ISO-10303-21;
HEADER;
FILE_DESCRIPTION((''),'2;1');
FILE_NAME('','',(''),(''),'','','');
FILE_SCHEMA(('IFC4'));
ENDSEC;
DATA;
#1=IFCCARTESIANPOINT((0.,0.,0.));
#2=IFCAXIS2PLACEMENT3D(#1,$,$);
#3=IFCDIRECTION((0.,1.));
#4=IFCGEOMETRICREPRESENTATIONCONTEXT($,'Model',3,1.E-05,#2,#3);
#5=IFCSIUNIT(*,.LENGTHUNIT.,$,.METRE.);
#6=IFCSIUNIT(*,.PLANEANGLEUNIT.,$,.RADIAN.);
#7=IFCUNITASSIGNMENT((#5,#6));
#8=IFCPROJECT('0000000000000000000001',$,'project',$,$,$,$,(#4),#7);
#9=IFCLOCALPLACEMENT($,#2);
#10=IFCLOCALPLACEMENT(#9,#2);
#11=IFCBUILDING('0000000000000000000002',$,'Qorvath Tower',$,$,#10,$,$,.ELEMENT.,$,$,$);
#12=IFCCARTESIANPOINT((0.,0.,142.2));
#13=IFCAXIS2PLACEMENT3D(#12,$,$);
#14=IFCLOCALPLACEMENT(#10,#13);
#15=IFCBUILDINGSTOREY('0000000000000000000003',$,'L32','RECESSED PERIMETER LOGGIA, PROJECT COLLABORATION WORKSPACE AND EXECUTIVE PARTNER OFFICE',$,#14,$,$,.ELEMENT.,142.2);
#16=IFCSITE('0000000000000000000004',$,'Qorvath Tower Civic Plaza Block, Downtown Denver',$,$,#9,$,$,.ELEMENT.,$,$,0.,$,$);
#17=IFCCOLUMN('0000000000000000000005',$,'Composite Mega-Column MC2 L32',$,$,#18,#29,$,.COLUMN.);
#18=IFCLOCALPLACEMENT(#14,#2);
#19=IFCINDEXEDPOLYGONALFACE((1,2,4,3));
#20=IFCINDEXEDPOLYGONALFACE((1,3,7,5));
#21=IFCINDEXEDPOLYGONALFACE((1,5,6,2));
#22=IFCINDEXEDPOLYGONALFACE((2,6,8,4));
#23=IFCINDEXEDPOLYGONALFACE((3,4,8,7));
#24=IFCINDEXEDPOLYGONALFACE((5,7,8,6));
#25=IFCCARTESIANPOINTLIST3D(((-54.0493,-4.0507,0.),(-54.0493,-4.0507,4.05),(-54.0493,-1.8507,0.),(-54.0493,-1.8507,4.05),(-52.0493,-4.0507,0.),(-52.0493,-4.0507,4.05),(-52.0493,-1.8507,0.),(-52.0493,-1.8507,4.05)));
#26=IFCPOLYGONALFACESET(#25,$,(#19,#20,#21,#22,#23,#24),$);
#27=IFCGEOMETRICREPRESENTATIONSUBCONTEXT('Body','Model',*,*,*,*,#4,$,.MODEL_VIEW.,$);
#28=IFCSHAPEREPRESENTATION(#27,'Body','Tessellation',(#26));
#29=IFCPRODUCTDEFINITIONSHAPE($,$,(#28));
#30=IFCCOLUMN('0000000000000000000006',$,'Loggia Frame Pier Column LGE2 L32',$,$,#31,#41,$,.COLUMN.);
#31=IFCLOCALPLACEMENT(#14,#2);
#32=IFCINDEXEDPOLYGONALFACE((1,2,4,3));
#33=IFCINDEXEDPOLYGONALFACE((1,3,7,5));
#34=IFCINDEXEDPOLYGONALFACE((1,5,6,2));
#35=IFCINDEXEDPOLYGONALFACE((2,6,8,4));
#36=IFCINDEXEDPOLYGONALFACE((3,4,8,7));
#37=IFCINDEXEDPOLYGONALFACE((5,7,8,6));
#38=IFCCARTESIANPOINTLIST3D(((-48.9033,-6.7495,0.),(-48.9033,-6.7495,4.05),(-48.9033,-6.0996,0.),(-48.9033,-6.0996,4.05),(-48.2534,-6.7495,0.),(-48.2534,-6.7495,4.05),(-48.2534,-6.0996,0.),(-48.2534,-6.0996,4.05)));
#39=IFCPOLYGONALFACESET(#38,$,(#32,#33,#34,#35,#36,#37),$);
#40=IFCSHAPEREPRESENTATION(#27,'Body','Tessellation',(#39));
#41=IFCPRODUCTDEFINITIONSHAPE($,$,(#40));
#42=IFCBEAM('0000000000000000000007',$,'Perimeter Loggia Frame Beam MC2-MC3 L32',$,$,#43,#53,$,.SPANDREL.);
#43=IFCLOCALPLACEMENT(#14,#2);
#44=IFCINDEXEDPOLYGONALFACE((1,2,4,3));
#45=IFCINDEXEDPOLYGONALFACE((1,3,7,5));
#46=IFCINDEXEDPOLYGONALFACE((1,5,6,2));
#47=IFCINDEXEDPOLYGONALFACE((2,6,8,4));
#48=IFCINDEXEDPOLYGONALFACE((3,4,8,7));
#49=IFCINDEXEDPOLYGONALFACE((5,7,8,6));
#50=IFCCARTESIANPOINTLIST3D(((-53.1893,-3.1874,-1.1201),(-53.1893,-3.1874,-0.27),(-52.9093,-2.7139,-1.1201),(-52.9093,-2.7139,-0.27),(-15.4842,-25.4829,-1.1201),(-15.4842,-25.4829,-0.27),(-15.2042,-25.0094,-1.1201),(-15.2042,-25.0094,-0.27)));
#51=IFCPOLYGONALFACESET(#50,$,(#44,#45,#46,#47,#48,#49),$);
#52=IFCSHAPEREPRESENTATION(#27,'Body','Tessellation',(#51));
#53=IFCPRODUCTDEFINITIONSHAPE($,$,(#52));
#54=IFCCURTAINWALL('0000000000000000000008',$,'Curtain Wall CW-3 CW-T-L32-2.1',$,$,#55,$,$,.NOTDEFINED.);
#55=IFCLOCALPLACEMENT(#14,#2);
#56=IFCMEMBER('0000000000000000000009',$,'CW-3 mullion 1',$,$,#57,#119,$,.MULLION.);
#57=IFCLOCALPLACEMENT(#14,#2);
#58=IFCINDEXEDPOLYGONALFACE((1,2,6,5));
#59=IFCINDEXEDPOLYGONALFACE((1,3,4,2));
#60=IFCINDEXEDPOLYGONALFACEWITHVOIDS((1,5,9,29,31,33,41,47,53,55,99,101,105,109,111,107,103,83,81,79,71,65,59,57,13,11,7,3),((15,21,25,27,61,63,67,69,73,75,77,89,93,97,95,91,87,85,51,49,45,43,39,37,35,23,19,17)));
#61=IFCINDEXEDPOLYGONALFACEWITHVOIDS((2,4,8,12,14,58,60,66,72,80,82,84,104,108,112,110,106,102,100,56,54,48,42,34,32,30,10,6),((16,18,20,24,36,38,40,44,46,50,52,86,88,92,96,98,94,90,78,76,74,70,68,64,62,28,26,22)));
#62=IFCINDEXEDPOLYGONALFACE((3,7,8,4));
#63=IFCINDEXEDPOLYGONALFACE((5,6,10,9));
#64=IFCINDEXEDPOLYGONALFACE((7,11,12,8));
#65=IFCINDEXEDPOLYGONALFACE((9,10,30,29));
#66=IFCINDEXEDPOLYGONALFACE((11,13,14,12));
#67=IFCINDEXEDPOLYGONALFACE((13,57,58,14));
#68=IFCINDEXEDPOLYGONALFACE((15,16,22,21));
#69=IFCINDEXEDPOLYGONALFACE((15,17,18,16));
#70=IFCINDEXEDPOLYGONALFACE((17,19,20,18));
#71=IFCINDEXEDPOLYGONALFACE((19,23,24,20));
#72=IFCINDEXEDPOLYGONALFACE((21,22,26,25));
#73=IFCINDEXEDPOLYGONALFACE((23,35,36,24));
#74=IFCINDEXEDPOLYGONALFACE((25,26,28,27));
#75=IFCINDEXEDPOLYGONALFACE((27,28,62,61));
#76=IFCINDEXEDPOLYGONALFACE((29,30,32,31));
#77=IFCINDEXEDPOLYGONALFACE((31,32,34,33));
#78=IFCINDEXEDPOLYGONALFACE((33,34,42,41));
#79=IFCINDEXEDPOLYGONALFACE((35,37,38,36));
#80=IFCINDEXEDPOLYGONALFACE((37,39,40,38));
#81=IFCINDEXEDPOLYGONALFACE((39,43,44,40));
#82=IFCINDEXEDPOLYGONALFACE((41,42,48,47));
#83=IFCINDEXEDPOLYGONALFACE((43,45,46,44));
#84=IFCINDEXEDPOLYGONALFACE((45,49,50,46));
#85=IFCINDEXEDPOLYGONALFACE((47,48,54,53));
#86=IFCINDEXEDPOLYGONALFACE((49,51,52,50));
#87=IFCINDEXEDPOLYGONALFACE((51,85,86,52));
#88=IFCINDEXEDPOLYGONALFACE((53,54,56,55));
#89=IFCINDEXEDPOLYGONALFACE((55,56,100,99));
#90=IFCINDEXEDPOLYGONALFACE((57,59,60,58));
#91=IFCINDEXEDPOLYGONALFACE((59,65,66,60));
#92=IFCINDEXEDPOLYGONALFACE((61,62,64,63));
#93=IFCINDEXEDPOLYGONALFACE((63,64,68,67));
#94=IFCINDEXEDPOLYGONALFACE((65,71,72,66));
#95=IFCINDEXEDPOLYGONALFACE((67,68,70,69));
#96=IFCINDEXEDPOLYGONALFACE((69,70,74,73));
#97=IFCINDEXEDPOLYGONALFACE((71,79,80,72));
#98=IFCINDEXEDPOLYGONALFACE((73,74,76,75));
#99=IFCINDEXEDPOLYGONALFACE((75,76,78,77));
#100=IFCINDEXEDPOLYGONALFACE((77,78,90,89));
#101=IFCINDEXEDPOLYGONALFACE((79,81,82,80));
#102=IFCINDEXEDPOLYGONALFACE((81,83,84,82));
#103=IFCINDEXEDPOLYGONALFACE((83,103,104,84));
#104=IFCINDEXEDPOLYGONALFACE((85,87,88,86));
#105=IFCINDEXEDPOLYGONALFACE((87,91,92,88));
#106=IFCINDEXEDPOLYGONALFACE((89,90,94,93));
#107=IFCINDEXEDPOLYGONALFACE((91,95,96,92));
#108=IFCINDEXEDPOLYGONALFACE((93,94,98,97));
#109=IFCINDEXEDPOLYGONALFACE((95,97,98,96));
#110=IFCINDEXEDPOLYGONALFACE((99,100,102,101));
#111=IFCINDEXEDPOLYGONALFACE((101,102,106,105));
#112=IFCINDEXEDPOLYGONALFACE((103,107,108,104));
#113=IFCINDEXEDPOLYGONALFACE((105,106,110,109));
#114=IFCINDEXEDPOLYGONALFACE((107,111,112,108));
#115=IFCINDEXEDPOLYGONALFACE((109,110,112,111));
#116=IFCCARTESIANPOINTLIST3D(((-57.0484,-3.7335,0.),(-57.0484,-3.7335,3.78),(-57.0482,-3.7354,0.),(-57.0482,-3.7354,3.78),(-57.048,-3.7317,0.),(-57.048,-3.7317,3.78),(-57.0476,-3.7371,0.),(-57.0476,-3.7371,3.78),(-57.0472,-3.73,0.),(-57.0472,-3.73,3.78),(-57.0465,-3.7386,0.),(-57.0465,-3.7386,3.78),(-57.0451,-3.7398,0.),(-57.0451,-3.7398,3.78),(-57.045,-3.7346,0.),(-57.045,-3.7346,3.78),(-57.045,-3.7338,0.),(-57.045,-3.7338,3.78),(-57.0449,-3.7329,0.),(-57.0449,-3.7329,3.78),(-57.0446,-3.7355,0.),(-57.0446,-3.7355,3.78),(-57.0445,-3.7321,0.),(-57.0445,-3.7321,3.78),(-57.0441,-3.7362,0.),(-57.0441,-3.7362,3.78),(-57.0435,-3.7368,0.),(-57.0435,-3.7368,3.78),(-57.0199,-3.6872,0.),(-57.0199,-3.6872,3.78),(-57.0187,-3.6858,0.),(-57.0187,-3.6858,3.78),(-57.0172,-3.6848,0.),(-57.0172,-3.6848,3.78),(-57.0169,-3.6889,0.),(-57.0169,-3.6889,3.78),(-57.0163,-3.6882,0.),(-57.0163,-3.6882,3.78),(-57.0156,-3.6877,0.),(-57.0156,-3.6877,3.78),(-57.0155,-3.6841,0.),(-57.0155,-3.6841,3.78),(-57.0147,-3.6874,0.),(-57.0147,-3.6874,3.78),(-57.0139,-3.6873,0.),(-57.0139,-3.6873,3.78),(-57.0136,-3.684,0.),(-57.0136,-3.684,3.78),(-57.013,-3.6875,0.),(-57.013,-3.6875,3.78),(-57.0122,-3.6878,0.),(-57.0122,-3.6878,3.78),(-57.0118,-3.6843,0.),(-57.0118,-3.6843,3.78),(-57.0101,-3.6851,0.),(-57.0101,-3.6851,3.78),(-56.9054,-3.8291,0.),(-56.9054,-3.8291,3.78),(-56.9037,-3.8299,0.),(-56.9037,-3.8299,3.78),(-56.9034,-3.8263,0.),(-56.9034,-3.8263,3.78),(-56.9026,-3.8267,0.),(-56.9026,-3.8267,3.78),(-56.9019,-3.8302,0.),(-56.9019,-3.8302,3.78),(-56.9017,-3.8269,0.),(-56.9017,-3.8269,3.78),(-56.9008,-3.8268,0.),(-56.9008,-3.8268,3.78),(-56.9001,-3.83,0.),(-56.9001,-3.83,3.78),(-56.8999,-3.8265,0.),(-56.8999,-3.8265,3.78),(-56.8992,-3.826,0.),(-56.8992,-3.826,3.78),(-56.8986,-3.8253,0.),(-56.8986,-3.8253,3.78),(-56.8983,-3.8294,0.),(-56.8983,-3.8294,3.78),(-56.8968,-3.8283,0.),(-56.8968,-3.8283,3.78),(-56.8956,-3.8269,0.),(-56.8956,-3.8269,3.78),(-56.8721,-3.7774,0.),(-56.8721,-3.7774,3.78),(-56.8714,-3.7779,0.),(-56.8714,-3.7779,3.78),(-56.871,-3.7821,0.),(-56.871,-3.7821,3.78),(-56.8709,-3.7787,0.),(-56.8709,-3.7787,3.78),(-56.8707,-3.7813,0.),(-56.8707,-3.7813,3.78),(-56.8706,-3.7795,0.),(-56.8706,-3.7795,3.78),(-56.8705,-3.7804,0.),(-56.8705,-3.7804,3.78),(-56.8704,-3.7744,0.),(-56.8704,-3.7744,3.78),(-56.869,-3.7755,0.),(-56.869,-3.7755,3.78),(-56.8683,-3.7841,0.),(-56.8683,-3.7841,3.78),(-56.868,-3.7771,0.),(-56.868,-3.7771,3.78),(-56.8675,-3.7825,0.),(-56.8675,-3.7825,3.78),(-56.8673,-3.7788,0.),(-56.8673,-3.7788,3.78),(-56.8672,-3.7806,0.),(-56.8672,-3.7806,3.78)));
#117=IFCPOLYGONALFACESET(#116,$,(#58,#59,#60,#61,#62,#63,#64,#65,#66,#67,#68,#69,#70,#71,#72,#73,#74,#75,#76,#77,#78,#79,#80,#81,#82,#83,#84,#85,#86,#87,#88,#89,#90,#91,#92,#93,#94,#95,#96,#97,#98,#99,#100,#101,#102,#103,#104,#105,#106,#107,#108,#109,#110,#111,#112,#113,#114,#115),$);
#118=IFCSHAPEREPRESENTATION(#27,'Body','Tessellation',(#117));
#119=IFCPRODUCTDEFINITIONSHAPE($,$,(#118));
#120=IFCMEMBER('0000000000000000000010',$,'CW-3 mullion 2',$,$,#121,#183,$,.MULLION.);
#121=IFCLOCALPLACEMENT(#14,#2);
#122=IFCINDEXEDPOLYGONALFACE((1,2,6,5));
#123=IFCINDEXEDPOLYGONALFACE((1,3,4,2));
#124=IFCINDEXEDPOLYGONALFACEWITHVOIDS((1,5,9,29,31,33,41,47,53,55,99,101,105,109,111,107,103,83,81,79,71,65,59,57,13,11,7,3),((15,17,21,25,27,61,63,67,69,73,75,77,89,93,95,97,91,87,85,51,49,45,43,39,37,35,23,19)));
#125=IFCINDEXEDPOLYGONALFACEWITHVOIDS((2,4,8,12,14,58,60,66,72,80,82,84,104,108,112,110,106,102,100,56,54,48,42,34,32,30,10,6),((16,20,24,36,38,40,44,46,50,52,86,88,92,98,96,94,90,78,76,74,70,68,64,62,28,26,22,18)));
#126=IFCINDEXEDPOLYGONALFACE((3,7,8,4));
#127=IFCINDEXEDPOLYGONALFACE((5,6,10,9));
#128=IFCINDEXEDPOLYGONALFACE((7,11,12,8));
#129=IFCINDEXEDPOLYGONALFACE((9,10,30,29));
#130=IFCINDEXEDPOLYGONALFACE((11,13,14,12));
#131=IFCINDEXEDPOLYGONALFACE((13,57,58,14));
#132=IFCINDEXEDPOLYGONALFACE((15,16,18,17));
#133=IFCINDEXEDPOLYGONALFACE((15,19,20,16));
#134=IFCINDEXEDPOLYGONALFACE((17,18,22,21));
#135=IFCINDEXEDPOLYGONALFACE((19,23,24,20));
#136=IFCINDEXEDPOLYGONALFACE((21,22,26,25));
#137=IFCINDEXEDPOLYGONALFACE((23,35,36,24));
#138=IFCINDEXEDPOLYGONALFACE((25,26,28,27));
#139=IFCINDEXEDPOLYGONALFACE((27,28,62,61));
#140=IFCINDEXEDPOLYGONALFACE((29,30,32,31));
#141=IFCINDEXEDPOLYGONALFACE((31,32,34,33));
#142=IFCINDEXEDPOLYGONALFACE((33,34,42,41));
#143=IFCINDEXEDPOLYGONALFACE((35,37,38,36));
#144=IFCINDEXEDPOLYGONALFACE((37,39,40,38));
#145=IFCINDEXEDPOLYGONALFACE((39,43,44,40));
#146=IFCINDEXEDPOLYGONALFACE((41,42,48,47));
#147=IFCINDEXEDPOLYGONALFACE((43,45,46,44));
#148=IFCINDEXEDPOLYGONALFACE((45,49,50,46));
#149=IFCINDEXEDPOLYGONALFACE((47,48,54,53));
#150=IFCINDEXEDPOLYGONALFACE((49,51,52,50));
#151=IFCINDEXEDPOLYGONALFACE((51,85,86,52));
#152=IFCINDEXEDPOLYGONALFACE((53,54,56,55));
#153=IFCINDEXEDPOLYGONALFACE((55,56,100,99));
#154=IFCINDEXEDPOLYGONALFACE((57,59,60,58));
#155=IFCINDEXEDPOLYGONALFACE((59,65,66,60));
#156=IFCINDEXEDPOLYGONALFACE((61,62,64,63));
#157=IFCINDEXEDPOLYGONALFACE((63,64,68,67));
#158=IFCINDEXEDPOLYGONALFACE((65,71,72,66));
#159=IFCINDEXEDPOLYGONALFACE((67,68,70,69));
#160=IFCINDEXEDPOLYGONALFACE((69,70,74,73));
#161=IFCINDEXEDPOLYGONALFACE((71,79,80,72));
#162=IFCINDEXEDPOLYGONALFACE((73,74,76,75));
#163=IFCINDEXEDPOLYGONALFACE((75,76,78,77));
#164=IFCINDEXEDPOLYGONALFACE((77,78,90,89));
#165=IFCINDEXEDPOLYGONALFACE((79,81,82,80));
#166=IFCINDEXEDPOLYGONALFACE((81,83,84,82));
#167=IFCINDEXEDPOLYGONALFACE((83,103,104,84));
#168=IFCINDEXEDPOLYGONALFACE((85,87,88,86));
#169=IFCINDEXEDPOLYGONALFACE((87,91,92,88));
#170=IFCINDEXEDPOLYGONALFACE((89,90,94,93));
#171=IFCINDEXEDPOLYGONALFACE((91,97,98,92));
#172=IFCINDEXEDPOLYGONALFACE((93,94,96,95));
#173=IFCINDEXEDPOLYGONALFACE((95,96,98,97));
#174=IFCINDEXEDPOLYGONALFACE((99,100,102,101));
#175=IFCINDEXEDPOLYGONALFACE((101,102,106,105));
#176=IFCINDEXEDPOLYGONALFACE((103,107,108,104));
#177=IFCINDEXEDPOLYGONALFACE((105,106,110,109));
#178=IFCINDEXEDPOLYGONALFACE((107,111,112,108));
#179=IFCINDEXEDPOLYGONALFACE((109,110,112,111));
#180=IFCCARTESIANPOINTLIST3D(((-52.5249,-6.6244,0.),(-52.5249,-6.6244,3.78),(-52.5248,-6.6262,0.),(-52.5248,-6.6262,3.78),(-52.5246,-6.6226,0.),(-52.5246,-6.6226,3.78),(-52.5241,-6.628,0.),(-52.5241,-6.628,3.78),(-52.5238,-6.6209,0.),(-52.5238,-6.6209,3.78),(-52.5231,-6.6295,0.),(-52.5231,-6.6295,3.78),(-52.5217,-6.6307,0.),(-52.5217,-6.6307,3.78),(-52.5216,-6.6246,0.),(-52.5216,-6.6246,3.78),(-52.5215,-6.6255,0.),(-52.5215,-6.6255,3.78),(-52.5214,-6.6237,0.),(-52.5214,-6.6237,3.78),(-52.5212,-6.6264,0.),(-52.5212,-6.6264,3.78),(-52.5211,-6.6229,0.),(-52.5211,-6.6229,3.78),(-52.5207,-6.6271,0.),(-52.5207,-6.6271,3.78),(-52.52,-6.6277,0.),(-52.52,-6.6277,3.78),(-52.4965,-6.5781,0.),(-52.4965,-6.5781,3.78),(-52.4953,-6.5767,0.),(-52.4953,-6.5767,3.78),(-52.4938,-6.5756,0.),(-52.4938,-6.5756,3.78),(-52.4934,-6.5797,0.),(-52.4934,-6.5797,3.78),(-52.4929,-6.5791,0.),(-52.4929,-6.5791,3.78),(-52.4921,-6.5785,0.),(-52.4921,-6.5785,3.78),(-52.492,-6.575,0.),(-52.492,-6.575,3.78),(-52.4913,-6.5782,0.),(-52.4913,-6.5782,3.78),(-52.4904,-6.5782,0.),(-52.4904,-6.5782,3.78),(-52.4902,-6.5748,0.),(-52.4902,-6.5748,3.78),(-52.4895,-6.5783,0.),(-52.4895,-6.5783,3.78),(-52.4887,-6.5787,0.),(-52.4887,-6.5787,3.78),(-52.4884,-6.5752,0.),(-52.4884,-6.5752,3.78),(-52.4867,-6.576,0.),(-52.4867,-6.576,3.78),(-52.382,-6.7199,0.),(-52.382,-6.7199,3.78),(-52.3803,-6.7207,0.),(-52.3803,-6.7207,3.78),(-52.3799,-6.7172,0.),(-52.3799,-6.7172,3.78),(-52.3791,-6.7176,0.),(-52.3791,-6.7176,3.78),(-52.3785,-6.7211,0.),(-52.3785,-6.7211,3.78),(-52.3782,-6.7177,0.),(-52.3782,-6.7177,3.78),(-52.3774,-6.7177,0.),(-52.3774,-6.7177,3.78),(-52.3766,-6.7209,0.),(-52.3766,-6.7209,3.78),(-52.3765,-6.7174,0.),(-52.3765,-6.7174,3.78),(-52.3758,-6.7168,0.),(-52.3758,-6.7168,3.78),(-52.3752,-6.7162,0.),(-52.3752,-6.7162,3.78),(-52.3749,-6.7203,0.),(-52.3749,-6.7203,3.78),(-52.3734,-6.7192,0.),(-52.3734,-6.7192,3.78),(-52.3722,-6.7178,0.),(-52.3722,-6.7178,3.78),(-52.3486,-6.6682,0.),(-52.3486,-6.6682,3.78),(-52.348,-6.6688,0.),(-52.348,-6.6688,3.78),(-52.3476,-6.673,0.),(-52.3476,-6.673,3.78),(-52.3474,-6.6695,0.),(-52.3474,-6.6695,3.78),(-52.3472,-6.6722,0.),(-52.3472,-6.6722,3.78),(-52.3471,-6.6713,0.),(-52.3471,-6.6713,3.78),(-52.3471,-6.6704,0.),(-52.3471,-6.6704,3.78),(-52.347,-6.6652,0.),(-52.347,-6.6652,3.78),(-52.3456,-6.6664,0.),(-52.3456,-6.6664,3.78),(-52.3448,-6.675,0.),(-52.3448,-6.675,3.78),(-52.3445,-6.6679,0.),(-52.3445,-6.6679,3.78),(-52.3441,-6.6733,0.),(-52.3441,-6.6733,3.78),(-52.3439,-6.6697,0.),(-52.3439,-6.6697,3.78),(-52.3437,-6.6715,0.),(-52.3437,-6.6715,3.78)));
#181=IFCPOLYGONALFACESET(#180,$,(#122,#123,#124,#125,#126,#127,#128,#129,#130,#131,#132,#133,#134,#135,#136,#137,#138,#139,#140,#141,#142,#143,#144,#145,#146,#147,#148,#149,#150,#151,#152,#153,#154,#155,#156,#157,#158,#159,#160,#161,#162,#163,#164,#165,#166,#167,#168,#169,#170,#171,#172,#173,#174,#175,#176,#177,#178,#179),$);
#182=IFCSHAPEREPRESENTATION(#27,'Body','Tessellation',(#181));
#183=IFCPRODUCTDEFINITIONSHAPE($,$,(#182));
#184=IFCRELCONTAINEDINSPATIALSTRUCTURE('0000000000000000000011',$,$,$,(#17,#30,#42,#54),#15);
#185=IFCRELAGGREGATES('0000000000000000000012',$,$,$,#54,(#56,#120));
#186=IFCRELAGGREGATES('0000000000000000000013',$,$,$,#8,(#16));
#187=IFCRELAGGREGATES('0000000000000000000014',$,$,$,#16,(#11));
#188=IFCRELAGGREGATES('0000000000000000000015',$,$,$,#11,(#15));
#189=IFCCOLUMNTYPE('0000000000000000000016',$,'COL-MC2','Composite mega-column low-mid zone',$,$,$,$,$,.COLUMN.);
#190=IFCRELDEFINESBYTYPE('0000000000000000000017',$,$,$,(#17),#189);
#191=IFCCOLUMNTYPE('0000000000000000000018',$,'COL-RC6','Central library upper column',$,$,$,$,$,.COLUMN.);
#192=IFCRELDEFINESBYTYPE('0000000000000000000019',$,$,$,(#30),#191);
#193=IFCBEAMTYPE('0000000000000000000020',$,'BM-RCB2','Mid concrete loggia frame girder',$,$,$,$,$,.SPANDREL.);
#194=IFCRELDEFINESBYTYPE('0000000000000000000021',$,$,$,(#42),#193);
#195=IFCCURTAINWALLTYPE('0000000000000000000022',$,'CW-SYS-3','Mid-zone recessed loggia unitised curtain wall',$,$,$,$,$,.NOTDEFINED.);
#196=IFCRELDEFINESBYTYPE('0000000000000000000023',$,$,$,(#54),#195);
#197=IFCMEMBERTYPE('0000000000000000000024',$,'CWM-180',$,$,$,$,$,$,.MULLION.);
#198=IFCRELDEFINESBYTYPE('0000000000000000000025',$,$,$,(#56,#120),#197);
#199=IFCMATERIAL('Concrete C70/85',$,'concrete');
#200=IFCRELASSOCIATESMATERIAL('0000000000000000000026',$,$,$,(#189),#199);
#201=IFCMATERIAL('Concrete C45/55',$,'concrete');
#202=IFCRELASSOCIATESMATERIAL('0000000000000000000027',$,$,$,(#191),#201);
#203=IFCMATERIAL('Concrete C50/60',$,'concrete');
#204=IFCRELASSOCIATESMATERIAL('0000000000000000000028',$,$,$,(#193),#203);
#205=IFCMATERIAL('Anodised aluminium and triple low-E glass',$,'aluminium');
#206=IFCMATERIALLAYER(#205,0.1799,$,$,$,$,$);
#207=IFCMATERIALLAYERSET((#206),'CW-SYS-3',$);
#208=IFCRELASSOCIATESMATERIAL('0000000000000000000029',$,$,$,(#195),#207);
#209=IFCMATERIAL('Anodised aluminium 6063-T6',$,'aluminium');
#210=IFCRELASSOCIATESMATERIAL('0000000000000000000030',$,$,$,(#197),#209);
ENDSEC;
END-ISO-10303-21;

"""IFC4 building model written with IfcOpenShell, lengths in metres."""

from ifc_helpers import new_model, si_unit, direction, frame, origin, origin_2d, place, context, subcontext, project, spatial, rectangle, hollow_rectangle, extrude, material, layer, layer_set, material_profile, profile_set, type_object, element, aggregate, save


model = new_model("IFC4")

# Units and contexts
model_context = context("Model", 3, precision=1e-05, world=origin(), true_north=direction((0.0, 1.0)))
body_context = subcontext(model_context, "Body", "Model", "MODEL_VIEW")
ifc_project = project(units=[si_unit("LENGTHUNIT", "METRE"), si_unit("PLANEANGLEUNIT", "RADIAN")], contexts=[model_context])

# Site, building, storey
site_placement = place(None, origin())
site = spatial("IfcSite", under=ifc_project, at=site_placement, Name="Qorvath Tower Civic Plaza Block, Downtown Denver", CompositionType="ELEMENT", RefElevation=0.0)
building_placement = place(site_placement, origin())
building = spatial("IfcBuilding", under=site, at=building_placement, Name="Qorvath Tower", CompositionType="ELEMENT")
storey_placement = place(building_placement, frame((0.0, 0.0, 142.2)))
storey = spatial("IfcBuildingStorey", under=building, at=storey_placement, Name="L32", Description="RECESSED PERIMETER LOGGIA, PROJECT COLLABORATION WORKSPACE AND EXECUTIVE PARTNER OFFICE", CompositionType="ELEMENT", Elevation=142.2)

# Columns
ifc_material_1 = material(Name="Concrete C70/85", Category="concrete")
ifc_material_profile_1 = material_profile(ifc_material_1, rectangle(XDim=2.0, YDim=2.2, at=origin_2d()), Name="MC 2200x2000")
ifc_profile_set_1 = profile_set([ifc_material_profile_1], Name="Concrete C70/85")
column_type_1 = type_object("IfcColumnType", Name="COL-MC2", Description="Composite mega-column low-mid zone", PredefinedType="COLUMN", material=ifc_profile_set_1)
column_1_placement = place(storey_placement, frame((-53.0493, -2.9507, 0.0), z_axis=(0.0, 0.0, 1.0), x_axis=(1.0, 0.0, 0.0)))
element("IfcColumn", 1, at=column_1_placement, inside=storey, type_object=column_type_1, Name="Composite Mega-Column MC2 L32", PredefinedType="COLUMN", context=body_context, shape_type="SweptSolid", body=[
    extrude(rectangle(XDim=2.0, YDim=2.2, at=origin_2d()), origin(), (0.0, 0.0, 1.0), 4.05),
])
ifc_material_2 = material(Name="Concrete C45/55", Category="concrete")
ifc_material_profile_2 = material_profile(ifc_material_2, rectangle(XDim=0.6499, YDim=0.6499, at=origin_2d()), Name="RC 650x650")
ifc_profile_set_2 = profile_set([ifc_material_profile_2], Name="Concrete C45/55")
column_type_2 = type_object("IfcColumnType", Name="COL-RC6", Description="Central library upper column", PredefinedType="COLUMN", material=ifc_profile_set_2)
column_2_placement = place(storey_placement, frame((-48.5784, -6.4246, 0.0), z_axis=(0.0, 0.0, 1.0), x_axis=(1.0, 0.0, 0.0)))
element("IfcColumn", 2, at=column_2_placement, inside=storey, type_object=column_type_2, Name="Loggia Frame Pier Column LGE2 L32", PredefinedType="COLUMN", context=body_context, shape_type="SweptSolid", body=[
    extrude(rectangle(XDim=0.6499, YDim=0.6499, at=origin_2d()), origin(), (0.0, 0.0, 1.0), 4.05),
])

# Beam
ifc_material_3 = material(Name="Concrete C50/60", Category="concrete")
ifc_material_profile_3 = material_profile(ifc_material_3, rectangle(XDim=0.55, YDim=0.8501, at=origin_2d()), Name="RCB 850x550")
ifc_profile_set_3 = profile_set([ifc_material_profile_3], Name="Concrete C50/60")
beam_type = type_object("IfcBeamType", Name="BM-RCB2", Description="Mid concrete loggia frame girder", PredefinedType="SPANDREL", material=ifc_profile_set_3)
beam_placement = place(storey_placement, frame((-53.0493, -2.9507, -0.6951), z_axis=(0.860775, -0.508985, 0.0), x_axis=(0.508985, 0.860775, 0.0)))
element("IfcBeam", 3, at=beam_placement, inside=storey, type_object=beam_type, Name="Perimeter Loggia Frame Beam MC2-MC3 L32", PredefinedType="SPANDREL", context=body_context, shape_type="SweptSolid", body=[
    extrude(rectangle(XDim=0.55, YDim=0.8501, at=origin_2d()), origin(), (0.0, 0.0, 1.0), 43.8037),
])

# Curtain wall, members
ifc_material_4 = material(Name="Anodised aluminium and triple low-E glass", Category="aluminium")
ifc_layer_1 = layer(ifc_material_4, 0.1799)
ifc_layer_set_1 = layer_set([ifc_layer_1], Name="CW-SYS-3")
curtain_wall_type = type_object("IfcCurtainWallType", Name="CW-SYS-3", Description="Mid-zone recessed loggia unitised curtain wall", PredefinedType="NOTDEFINED", material=ifc_layer_set_1)
curtain_wall_placement = place(storey_placement, origin())
curtain_wall = element("IfcCurtainWall", 4, at=curtain_wall_placement, inside=storey, type_object=curtain_wall_type, Name="Curtain Wall CW-3 CW-T-L32-2.1", PredefinedType="NOTDEFINED")
ifc_material_5 = material(Name="Anodised aluminium 6063-T6", Category="aluminium")
ifc_material_profile_4 = material_profile(ifc_material_5, hollow_rectangle(XDim=0.0649, YDim=0.1799, WallThickness=0.0034, InnerFilletRadius=0.0034, OuterFilletRadius=0.0071, at=origin_2d()), Name="CWM 180x65")
ifc_profile_set_4 = profile_set([ifc_material_profile_4], Name="Anodised aluminium 6063-T6")
member_type_1 = type_object("IfcMemberType", Name="CWM-180", PredefinedType="MULLION", material=ifc_profile_set_4)
member_1_placement = place(storey_placement, frame((-56.9578, -3.7571, 0.0), z_axis=(0.0, 0.0, 1.0), x_axis=(0.538533, 0.842604, 0.0)))
member_1 = element("IfcMember", 5, at=member_1_placement, type_object=member_type_1, Name="CW-3 mullion 1", PredefinedType="MULLION", context=body_context, shape_type="SweptSolid", body=[
    extrude(hollow_rectangle(XDim=0.0649, YDim=0.1799, WallThickness=0.0034, InnerFilletRadius=0.0034, OuterFilletRadius=0.0071, at=origin_2d()), origin(), (0.0, 0.0, 1.0), 3.78),
])
member_2_placement = place(storey_placement, frame((-52.4343, -6.6479, 0.0), z_axis=(0.0, 0.0, 1.0), x_axis=(0.538533, 0.842604, 0.0)))
member_2 = element("IfcMember", 6, at=member_2_placement, type_object=member_type_1, Name="CW-3 mullion 2", PredefinedType="MULLION", context=body_context, shape_type="SweptSolid", body=[
    extrude(hollow_rectangle(XDim=0.0649, YDim=0.1799, WallThickness=0.0034, InnerFilletRadius=0.0034, OuterFilletRadius=0.0071, at=origin_2d()), origin(), (0.0, 0.0, 1.0), 3.78),
])
aggregate(curtain_wall, [member_1, member_2])

save(model, "model.ifc")
